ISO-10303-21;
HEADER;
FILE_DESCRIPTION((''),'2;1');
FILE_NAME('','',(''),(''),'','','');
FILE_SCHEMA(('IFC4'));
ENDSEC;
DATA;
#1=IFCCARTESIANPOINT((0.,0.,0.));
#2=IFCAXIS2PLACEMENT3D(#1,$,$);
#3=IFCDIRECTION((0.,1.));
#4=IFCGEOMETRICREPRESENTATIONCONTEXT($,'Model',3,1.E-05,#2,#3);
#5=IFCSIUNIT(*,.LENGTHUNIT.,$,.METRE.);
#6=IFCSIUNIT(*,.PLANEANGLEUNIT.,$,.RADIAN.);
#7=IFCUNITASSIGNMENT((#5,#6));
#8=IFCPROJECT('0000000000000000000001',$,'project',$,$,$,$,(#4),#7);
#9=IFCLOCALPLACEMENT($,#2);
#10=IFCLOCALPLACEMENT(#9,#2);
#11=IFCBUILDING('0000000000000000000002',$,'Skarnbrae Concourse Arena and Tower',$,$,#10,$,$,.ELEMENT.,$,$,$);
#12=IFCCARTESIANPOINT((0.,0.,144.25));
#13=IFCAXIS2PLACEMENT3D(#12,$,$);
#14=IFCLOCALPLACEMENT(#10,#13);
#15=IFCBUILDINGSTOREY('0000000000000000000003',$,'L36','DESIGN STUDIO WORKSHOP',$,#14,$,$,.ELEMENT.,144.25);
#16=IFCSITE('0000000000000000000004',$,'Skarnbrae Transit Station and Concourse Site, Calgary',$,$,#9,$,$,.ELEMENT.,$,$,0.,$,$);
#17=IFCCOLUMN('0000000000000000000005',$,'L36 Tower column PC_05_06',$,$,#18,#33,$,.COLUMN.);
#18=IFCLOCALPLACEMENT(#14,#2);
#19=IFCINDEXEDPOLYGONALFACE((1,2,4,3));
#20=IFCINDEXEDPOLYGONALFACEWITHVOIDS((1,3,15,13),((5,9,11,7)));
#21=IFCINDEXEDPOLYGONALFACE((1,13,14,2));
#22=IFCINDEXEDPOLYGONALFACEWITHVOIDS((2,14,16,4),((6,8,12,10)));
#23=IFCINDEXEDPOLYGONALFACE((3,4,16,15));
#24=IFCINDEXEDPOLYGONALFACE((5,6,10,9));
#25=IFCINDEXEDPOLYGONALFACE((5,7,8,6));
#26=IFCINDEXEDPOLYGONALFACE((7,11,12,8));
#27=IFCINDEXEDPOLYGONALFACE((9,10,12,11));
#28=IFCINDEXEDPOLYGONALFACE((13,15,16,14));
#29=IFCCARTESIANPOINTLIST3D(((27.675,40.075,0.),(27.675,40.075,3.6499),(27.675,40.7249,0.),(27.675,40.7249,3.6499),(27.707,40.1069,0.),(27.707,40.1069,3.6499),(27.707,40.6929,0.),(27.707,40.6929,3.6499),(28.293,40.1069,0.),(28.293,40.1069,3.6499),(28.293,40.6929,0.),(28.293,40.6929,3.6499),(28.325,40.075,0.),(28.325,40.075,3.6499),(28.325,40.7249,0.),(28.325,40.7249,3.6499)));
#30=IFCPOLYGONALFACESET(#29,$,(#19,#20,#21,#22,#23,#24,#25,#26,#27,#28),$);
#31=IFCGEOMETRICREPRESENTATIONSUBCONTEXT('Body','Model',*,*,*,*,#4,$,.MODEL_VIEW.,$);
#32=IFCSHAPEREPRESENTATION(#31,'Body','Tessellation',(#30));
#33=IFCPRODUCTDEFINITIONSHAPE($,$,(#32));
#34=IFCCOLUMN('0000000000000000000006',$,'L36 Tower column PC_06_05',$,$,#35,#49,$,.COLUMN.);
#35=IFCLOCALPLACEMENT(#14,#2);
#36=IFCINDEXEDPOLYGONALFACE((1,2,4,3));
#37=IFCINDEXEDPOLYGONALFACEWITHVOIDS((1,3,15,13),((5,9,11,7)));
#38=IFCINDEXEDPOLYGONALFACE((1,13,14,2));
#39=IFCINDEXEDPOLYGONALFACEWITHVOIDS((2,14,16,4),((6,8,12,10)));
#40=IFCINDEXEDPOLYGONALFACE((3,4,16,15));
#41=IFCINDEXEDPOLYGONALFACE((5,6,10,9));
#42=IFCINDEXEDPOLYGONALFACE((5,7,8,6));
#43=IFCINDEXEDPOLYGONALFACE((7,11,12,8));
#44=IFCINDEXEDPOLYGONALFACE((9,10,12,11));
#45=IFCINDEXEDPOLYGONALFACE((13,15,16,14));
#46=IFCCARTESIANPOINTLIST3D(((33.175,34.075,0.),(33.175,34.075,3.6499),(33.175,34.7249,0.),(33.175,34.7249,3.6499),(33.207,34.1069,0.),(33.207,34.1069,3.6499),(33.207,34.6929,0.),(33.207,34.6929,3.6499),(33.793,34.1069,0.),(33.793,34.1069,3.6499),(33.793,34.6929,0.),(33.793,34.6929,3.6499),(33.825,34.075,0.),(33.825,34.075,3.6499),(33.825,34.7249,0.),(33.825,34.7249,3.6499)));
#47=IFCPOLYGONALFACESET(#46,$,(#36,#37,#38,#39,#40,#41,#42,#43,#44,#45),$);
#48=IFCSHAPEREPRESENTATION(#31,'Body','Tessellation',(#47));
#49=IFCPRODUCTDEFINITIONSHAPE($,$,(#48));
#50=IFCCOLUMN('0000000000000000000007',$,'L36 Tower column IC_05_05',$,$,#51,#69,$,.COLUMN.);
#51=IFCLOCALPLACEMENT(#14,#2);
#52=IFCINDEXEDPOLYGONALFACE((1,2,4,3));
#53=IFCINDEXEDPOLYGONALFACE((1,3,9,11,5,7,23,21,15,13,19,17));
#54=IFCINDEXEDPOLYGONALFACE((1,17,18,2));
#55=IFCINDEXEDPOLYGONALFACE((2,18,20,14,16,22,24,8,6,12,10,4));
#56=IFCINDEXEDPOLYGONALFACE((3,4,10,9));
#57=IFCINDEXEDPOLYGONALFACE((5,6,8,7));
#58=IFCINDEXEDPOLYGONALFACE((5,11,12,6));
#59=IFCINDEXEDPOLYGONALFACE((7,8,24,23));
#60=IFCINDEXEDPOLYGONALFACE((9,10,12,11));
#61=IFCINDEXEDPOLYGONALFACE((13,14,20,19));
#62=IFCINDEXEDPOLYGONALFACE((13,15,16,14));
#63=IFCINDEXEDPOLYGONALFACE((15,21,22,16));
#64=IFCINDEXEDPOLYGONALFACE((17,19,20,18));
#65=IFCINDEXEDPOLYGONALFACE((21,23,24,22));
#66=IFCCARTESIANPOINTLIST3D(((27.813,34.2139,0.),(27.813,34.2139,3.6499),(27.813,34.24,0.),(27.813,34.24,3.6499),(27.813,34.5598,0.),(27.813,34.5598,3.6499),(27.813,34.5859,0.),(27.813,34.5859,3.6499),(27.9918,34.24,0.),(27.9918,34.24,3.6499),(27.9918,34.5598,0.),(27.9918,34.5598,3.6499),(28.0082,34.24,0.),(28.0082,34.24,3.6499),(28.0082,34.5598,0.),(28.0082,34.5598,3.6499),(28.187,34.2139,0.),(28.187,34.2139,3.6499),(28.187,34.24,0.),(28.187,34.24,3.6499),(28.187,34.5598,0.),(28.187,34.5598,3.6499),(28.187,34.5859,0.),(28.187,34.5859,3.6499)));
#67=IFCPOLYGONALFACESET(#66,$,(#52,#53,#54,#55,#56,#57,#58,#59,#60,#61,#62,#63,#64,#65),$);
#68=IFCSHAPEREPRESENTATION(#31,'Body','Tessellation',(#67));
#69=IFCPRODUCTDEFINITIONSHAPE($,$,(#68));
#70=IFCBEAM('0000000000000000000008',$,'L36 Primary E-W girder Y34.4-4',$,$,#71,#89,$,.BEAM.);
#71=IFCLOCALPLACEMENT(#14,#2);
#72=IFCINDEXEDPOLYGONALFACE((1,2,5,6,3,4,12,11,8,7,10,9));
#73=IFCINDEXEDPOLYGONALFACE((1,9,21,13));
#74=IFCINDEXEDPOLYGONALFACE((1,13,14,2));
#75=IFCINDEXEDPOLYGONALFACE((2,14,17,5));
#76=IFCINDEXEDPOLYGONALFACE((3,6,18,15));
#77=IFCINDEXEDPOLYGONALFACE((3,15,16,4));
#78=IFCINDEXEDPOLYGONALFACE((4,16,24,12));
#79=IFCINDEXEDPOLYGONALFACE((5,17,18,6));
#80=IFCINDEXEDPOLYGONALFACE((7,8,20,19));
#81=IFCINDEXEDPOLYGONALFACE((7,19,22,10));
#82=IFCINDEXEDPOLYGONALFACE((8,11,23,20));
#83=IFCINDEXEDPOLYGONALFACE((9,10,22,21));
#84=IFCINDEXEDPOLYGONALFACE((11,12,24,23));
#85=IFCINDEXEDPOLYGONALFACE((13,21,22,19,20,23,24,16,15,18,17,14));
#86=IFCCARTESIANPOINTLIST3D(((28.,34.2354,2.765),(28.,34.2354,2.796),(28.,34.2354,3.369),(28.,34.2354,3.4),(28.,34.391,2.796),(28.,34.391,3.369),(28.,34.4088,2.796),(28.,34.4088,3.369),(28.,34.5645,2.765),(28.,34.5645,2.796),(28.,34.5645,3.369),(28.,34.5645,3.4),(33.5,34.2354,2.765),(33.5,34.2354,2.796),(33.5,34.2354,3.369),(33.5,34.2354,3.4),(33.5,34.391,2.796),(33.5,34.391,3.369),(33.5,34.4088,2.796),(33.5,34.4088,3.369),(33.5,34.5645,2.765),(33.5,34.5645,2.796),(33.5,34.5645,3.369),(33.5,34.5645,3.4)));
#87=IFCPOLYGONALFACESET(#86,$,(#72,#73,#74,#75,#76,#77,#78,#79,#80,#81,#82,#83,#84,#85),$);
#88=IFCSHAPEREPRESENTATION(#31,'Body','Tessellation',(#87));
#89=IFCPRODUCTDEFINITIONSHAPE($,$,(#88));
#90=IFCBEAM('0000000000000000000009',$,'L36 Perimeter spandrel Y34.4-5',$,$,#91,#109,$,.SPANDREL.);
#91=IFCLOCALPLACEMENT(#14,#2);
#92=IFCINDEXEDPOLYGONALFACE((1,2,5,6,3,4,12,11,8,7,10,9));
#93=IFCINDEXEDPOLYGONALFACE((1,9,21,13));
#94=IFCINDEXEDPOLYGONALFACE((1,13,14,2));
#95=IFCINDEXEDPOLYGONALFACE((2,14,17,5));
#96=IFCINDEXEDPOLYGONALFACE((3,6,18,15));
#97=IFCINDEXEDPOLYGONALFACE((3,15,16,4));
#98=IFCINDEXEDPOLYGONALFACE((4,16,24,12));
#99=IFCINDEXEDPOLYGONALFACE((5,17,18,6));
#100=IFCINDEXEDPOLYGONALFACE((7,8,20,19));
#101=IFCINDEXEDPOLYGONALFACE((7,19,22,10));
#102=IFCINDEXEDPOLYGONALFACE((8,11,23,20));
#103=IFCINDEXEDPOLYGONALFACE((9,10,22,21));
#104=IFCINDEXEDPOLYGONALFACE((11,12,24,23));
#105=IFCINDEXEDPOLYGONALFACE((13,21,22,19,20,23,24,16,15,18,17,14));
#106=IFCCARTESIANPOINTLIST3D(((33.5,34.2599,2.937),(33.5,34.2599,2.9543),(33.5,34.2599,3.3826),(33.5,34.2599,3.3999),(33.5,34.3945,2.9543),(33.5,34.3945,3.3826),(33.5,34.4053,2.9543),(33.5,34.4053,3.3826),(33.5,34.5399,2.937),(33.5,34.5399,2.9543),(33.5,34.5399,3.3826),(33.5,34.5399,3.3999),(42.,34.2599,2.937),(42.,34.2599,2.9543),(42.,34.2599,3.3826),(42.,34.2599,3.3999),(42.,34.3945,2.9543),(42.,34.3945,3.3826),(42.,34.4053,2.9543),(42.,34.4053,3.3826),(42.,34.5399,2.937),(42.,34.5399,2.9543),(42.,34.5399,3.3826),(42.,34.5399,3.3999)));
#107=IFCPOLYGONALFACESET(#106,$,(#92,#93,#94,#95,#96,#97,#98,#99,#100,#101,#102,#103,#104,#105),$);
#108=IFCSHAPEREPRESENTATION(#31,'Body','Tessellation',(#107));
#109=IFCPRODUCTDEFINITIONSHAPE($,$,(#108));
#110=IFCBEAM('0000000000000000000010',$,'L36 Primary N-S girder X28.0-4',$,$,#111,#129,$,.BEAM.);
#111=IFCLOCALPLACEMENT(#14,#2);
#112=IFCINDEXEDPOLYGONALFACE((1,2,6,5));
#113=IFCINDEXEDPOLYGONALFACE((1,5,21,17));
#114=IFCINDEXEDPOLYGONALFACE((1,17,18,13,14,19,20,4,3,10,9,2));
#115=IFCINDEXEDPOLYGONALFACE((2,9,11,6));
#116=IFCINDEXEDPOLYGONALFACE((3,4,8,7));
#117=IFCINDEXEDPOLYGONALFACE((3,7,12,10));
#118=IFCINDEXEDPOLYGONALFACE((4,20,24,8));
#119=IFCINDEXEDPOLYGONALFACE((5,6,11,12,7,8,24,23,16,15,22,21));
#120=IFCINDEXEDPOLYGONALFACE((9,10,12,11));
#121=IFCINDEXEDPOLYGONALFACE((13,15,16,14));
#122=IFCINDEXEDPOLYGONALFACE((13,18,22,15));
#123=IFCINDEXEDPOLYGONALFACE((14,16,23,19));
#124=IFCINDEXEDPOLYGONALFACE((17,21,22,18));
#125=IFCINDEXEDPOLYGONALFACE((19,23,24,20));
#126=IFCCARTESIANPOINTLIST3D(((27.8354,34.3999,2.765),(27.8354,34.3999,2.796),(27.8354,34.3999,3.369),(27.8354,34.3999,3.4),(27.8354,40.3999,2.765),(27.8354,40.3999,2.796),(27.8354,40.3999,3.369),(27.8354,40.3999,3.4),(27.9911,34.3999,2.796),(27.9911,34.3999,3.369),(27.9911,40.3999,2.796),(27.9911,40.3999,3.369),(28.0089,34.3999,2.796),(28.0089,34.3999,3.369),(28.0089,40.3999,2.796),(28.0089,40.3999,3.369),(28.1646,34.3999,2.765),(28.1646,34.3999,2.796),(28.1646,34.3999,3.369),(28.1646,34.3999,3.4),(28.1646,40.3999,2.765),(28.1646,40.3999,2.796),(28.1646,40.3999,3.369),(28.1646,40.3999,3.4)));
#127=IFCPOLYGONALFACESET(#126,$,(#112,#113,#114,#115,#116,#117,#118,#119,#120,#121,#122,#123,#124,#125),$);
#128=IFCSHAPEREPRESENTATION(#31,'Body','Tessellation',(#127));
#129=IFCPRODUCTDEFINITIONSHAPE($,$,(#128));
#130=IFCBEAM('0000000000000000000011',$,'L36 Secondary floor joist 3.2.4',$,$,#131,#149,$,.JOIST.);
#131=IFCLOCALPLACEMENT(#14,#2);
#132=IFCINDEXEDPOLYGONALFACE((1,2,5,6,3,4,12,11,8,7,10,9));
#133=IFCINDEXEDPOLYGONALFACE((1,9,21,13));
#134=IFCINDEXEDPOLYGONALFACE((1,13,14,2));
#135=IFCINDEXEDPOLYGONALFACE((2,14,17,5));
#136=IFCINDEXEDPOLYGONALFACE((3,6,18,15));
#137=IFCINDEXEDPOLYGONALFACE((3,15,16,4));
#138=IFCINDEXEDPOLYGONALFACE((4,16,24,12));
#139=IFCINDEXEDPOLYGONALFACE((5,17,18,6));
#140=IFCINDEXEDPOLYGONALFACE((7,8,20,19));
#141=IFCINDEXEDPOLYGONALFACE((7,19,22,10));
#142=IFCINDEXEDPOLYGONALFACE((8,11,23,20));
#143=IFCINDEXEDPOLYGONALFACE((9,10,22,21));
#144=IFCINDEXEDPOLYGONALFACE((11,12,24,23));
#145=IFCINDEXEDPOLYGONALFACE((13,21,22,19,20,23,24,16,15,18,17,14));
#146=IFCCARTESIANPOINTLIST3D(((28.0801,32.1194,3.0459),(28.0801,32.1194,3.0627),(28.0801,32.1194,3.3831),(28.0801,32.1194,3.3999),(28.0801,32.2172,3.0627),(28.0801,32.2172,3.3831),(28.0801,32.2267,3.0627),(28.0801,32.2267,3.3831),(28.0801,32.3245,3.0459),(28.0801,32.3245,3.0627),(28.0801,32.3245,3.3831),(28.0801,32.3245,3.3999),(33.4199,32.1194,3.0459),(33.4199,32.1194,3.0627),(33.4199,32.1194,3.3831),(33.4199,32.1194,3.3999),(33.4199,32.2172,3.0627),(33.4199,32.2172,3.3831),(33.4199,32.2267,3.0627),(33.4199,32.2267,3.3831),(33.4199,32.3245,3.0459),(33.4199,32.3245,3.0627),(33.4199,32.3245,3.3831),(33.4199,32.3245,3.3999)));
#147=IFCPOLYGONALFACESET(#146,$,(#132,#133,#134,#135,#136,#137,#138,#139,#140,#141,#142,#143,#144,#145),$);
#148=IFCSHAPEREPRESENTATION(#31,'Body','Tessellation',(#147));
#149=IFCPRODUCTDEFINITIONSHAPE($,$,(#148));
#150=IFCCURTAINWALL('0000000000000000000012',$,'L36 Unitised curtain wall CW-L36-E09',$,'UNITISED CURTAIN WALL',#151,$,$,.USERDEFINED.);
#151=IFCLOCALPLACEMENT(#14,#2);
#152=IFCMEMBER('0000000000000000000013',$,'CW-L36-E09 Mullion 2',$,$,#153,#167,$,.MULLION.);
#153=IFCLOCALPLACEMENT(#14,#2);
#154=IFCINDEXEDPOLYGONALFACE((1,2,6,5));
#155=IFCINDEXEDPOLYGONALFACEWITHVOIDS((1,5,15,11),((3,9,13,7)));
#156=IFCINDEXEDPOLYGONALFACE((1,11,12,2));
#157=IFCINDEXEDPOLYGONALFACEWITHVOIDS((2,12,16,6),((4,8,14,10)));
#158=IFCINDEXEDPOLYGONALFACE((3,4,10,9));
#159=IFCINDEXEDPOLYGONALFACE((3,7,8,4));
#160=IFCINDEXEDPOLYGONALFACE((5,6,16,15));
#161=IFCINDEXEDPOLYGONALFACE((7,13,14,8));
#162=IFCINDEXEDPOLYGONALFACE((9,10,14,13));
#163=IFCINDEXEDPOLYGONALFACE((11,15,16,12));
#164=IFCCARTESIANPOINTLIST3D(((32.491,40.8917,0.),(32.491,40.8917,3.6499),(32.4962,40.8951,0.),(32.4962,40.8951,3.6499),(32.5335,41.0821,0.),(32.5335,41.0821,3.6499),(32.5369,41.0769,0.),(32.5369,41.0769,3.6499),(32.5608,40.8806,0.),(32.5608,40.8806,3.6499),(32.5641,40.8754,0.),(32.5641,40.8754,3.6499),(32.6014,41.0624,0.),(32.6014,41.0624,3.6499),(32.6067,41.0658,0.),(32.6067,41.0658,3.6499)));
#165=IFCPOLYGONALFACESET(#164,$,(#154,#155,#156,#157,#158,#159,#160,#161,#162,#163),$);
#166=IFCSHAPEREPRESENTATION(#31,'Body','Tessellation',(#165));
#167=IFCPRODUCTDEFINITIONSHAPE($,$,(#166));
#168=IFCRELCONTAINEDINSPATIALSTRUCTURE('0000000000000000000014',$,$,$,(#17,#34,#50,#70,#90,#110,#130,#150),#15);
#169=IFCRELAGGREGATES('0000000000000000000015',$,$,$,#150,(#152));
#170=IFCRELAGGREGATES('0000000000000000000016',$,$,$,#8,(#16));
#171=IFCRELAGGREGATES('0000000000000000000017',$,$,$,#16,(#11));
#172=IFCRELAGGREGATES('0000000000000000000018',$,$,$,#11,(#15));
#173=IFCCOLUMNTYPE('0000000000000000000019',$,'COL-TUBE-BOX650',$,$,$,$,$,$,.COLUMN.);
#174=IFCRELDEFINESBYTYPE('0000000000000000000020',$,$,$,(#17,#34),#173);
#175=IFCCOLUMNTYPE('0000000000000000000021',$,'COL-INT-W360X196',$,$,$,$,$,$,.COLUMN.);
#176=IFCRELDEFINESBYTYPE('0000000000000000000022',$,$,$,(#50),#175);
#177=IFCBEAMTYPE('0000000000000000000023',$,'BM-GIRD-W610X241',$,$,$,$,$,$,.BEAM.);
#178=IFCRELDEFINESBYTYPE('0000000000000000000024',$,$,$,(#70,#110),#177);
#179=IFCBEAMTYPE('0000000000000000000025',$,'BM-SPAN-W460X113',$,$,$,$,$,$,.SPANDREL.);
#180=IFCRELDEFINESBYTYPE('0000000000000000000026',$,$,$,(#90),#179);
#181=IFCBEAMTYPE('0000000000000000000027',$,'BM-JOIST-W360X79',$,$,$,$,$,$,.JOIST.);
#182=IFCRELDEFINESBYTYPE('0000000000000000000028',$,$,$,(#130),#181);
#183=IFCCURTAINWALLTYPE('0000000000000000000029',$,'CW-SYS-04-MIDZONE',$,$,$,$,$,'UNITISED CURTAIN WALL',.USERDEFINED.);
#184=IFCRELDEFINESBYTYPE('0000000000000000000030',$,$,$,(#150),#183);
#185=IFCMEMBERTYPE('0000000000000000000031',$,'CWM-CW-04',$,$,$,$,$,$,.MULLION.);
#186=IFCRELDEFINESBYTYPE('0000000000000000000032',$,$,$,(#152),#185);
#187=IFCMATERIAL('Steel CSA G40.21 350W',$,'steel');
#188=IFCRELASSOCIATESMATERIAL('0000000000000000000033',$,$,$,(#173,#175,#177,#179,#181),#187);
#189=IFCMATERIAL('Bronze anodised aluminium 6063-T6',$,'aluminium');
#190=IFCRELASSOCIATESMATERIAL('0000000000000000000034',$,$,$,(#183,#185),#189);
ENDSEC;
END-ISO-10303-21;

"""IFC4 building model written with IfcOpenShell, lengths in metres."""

from ifc_helpers import new_model, si_unit, direction, frame, origin, origin_2d, place, context, subcontext, project, spatial, hollow_rectangle, i_section, extrude, source, transform, mapped, material, material_profile, profile_set, type_object, element, aggregate, save


model = new_model("IFC4")

# Units and contexts
model_context = context("Model", 3, precision=1e-05, world=origin(), true_north=direction((0.0, 1.0)))
body_context = subcontext(model_context, "Body", "Model", "MODEL_VIEW")
ifc_project = project(units=[si_unit("LENGTHUNIT", "METRE"), si_unit("PLANEANGLEUNIT", "RADIAN")], contexts=[model_context])

# Site, building, storey
site_placement = place(None, origin())
site = spatial("IfcSite", under=ifc_project, at=site_placement, Name="Skarnbrae Transit Station and Concourse Site, Calgary", CompositionType="ELEMENT", RefElevation=0.0)
building_placement = place(site_placement, origin())
building = spatial("IfcBuilding", under=site, at=building_placement, Name="Skarnbrae Concourse Arena and Tower", CompositionType="ELEMENT")
storey_placement = place(building_placement, frame((0.0, 0.0, 144.25)))
storey = spatial("IfcBuildingStorey", under=building, at=storey_placement, Name="L36", Description="DESIGN STUDIO WORKSHOP", CompositionType="ELEMENT", Elevation=144.25)

# Columns
ifc_material_1 = material(Name="Steel CSA G40.21 350W", Category="steel")
ifc_material_profile_1 = material_profile(ifc_material_1, hollow_rectangle(XDim=0.6499, YDim=0.6499, WallThickness=0.032, at=origin_2d()), Name="BOX650X650X32")
ifc_profile_set_1 = profile_set([ifc_material_profile_1], Name="Steel CSA G40.21 350W")
column_type_1 = type_object("IfcColumnType", Name="COL-TUBE-BOX650", PredefinedType="COLUMN", material=ifc_profile_set_1)
shared_shape_1 = source(origin(), body_context, "Body", "SweptSolid", [
    extrude(hollow_rectangle(XDim=0.6499, YDim=0.6499, WallThickness=0.032, at=origin_2d()), origin(), (0.0, 0.0, 1.0), 3.6499),
])
for number, where, z_axis, x_axis, name in (
    (1, (28.0, 40.3999, 0.0), (0.0, 0.0, 1.0), (1.0, 0.0, 0.0), "L36 Tower column PC_05_06"),
    (2, (33.5, 34.3999, 0.0), (0.0, 0.0, 1.0), (1.0, 0.0, 0.0), "L36 Tower column PC_06_05"),
):
    element("IfcColumn", number, at=place(storey_placement, frame(where, z_axis=z_axis, x_axis=x_axis)), inside=storey, type_object=column_type_1, Name=name, PredefinedType="COLUMN", context=body_context, shape_type="MappedRepresentation", body=[
        mapped(shared_shape_1, transform((0.0, 0.0, 0.0))),
    ])
ifc_material_profile_2 = material_profile(ifc_material_1, i_section(OverallWidth=0.374, OverallDepth=0.3721, WebThickness=0.0164, FlangeThickness=0.0261, at=origin_2d()), Name="W360X196")
ifc_profile_set_2 = profile_set([ifc_material_profile_2], Name="Steel CSA G40.21 350W")
column_type_2 = type_object("IfcColumnType", Name="COL-INT-W360X196", PredefinedType="COLUMN", material=ifc_profile_set_2)
shared_shape_2 = source(origin(), body_context, "Body", "SweptSolid", [
    extrude(i_section(OverallWidth=0.374, OverallDepth=0.3721, WebThickness=0.0164, FlangeThickness=0.0261, at=origin_2d()), origin(), (0.0, 0.0, 1.0), 3.6499),
])
column_placement = place(storey_placement, frame((28.0, 34.3999, 0.0), z_axis=(0.0, 0.0, 1.0), x_axis=(1.0, 0.0, 0.0)))
element("IfcColumn", 3, at=column_placement, inside=storey, type_object=column_type_2, Name="L36 Tower column IC_05_05", PredefinedType="COLUMN", context=body_context, shape_type="MappedRepresentation", body=[
    mapped(shared_shape_2, transform((0.0, 0.0, 0.0))),
])

# Beams
ifc_material_profile_3 = material_profile(ifc_material_1, i_section(OverallWidth=0.3291, OverallDepth=0.635, WebThickness=0.0178, FlangeThickness=0.031, at=origin_2d()), Name="W610X241")
ifc_profile_set_3 = profile_set([ifc_material_profile_3], Name="Steel CSA G40.21 350W")
beam_type_1 = type_object("IfcBeamType", Name="BM-GIRD-W610X241", PredefinedType="BEAM", material=ifc_profile_set_3)
shared_shape_3 = source(origin(), body_context, "Body", "SweptSolid", [
    extrude(i_section(OverallWidth=0.3291, OverallDepth=0.635, WebThickness=0.0178, FlangeThickness=0.031, at=origin_2d()), origin(), (0.0, 0.0, 1.0), 5.5),
])
beam_1_placement = place(storey_placement, frame((28.0, 34.3999, 3.0825), z_axis=(1.0, 0.0, 0.0), x_axis=(0.0, 1.0, 0.0)))
element("IfcBeam", 4, at=beam_1_placement, inside=storey, type_object=beam_type_1, Name="L36 Primary E-W girder Y34.4-4", PredefinedType="BEAM", context=body_context, shape_type="MappedRepresentation", body=[
    mapped(shared_shape_3, transform((0.0, 0.0, 0.0))),
])
ifc_material_profile_4 = material_profile(ifc_material_1, i_section(OverallWidth=0.28, OverallDepth=0.4629, WebThickness=0.0107, FlangeThickness=0.0173, at=origin_2d()), Name="W460X113")
ifc_profile_set_4 = profile_set([ifc_material_profile_4], Name="Steel CSA G40.21 350W")
beam_type_2 = type_object("IfcBeamType", Name="BM-SPAN-W460X113", PredefinedType="SPANDREL", material=ifc_profile_set_4)
shared_shape_4 = source(origin(), body_context, "Body", "SweptSolid", [
    extrude(i_section(OverallWidth=0.28, OverallDepth=0.4629, WebThickness=0.0107, FlangeThickness=0.0173, at=origin_2d()), origin(), (0.0, 0.0, 1.0), 8.5),
])
beam_2_placement = place(storey_placement, frame((33.5, 34.3999, 3.1685), z_axis=(1.0, 0.0, 0.0), x_axis=(0.0, 1.0, 0.0)))
element("IfcBeam", 5, at=beam_2_placement, inside=storey, type_object=beam_type_2, Name="L36 Perimeter spandrel Y34.4-5", PredefinedType="SPANDREL", context=body_context, shape_type="MappedRepresentation", body=[
    mapped(shared_shape_4, transform((0.0, 0.0, 0.0))),
])
shared_shape_5 = source(origin(), body_context, "Body", "SweptSolid", [
    extrude(i_section(OverallWidth=0.3291, OverallDepth=0.635, WebThickness=0.0178, FlangeThickness=0.031, at=origin_2d()), origin(), (0.0, 0.0, 1.0), 6.0),
])
beam_3_placement = place(storey_placement, frame((28.0, 34.3999, 3.0825), z_axis=(0.0, 1.0, 0.0), x_axis=(-1.0, 0.0, 0.0)))
element("IfcBeam", 6, at=beam_3_placement, inside=storey, type_object=beam_type_1, Name="L36 Primary N-S girder X28.0-4", PredefinedType="BEAM", context=body_context, shape_type="MappedRepresentation", body=[
    mapped(shared_shape_5, transform((0.0, 0.0, 0.0))),
])
ifc_material_profile_5 = material_profile(ifc_material_1, i_section(OverallWidth=0.2051, OverallDepth=0.354, WebThickness=0.0095, FlangeThickness=0.0168, at=origin_2d()), Name="W360X79")
ifc_profile_set_5 = profile_set([ifc_material_profile_5], Name="Steel CSA G40.21 350W")
beam_type_3 = type_object("IfcBeamType", Name="BM-JOIST-W360X79", PredefinedType="JOIST", material=ifc_profile_set_5)
shared_shape_6 = source(origin(), body_context, "Body", "SweptSolid", [
    extrude(i_section(OverallWidth=0.2051, OverallDepth=0.354, WebThickness=0.0095, FlangeThickness=0.0168, at=origin_2d()), origin(), (0.0, 0.0, 1.0), 5.3398),
])
beam_4_placement = place(storey_placement, frame((28.0801, 32.2219, 3.2229), z_axis=(1.0, 0.0, 0.0), x_axis=(0.0, 1.0, 0.0)))
element("IfcBeam", 7, at=beam_4_placement, inside=storey, type_object=beam_type_3, Name="L36 Secondary floor joist 3.2.4", PredefinedType="JOIST", context=body_context, shape_type="MappedRepresentation", body=[
    mapped(shared_shape_6, transform((0.0, 0.0, 0.0))),
])

# Curtain wall, member
ifc_material_2 = material(Name="Bronze anodised aluminium 6063-T6", Category="aluminium")
curtain_wall_type = type_object("IfcCurtainWallType", Name="CW-SYS-04-MIDZONE", ElementType="UNITISED CURTAIN WALL", PredefinedType="USERDEFINED", material=ifc_material_2)
curtain_wall_1_placement = place(storey_placement, origin())
curtain_wall_1 = element("IfcCurtainWall", 8, at=curtain_wall_1_placement, inside=storey, type_object=curtain_wall_type, Name="L36 Unitised curtain wall CW-L36-E09", ObjectType="UNITISED CURTAIN WALL", PredefinedType="USERDEFINED")
ifc_material_profile_6 = material_profile(ifc_material_2, hollow_rectangle(XDim=0.075, YDim=0.1951, WallThickness=0.0044, at=origin_2d()), Name="ALU-MULL-75X195")
ifc_profile_set_6 = profile_set([ifc_material_profile_6], Name="Bronze anodised aluminium 6063-T6")
member_type_1 = type_object("IfcMemberType", Name="CWM-CW-04", PredefinedType="MULLION", material=ifc_profile_set_6)
shared_shape_7 = source(origin(), body_context, "Body", "SweptSolid", [
    extrude(hollow_rectangle(XDim=0.075, YDim=0.1951, WallThickness=0.0044, at=origin_2d()), origin(), (0.0, 0.0, 1.0), 3.6499),
])
member_1_placement = place(storey_placement, frame((32.5488, 40.9788, 0.0), z_axis=(0.0, 0.0, 1.0), x_axis=(-0.975936, 0.218056, 0.0)))
member_1 = element("IfcMember", 9, at=member_1_placement, type_object=member_type_1, Name="CW-L36-E09 Mullion 2", PredefinedType="MULLION", context=body_context, shape_type="MappedRepresentation", body=[
    mapped(shared_shape_7, transform((0.0, 0.0, 0.0))),
])
aggregate(curtain_wall_1, [member_1])

save(model, "model.ifc")
